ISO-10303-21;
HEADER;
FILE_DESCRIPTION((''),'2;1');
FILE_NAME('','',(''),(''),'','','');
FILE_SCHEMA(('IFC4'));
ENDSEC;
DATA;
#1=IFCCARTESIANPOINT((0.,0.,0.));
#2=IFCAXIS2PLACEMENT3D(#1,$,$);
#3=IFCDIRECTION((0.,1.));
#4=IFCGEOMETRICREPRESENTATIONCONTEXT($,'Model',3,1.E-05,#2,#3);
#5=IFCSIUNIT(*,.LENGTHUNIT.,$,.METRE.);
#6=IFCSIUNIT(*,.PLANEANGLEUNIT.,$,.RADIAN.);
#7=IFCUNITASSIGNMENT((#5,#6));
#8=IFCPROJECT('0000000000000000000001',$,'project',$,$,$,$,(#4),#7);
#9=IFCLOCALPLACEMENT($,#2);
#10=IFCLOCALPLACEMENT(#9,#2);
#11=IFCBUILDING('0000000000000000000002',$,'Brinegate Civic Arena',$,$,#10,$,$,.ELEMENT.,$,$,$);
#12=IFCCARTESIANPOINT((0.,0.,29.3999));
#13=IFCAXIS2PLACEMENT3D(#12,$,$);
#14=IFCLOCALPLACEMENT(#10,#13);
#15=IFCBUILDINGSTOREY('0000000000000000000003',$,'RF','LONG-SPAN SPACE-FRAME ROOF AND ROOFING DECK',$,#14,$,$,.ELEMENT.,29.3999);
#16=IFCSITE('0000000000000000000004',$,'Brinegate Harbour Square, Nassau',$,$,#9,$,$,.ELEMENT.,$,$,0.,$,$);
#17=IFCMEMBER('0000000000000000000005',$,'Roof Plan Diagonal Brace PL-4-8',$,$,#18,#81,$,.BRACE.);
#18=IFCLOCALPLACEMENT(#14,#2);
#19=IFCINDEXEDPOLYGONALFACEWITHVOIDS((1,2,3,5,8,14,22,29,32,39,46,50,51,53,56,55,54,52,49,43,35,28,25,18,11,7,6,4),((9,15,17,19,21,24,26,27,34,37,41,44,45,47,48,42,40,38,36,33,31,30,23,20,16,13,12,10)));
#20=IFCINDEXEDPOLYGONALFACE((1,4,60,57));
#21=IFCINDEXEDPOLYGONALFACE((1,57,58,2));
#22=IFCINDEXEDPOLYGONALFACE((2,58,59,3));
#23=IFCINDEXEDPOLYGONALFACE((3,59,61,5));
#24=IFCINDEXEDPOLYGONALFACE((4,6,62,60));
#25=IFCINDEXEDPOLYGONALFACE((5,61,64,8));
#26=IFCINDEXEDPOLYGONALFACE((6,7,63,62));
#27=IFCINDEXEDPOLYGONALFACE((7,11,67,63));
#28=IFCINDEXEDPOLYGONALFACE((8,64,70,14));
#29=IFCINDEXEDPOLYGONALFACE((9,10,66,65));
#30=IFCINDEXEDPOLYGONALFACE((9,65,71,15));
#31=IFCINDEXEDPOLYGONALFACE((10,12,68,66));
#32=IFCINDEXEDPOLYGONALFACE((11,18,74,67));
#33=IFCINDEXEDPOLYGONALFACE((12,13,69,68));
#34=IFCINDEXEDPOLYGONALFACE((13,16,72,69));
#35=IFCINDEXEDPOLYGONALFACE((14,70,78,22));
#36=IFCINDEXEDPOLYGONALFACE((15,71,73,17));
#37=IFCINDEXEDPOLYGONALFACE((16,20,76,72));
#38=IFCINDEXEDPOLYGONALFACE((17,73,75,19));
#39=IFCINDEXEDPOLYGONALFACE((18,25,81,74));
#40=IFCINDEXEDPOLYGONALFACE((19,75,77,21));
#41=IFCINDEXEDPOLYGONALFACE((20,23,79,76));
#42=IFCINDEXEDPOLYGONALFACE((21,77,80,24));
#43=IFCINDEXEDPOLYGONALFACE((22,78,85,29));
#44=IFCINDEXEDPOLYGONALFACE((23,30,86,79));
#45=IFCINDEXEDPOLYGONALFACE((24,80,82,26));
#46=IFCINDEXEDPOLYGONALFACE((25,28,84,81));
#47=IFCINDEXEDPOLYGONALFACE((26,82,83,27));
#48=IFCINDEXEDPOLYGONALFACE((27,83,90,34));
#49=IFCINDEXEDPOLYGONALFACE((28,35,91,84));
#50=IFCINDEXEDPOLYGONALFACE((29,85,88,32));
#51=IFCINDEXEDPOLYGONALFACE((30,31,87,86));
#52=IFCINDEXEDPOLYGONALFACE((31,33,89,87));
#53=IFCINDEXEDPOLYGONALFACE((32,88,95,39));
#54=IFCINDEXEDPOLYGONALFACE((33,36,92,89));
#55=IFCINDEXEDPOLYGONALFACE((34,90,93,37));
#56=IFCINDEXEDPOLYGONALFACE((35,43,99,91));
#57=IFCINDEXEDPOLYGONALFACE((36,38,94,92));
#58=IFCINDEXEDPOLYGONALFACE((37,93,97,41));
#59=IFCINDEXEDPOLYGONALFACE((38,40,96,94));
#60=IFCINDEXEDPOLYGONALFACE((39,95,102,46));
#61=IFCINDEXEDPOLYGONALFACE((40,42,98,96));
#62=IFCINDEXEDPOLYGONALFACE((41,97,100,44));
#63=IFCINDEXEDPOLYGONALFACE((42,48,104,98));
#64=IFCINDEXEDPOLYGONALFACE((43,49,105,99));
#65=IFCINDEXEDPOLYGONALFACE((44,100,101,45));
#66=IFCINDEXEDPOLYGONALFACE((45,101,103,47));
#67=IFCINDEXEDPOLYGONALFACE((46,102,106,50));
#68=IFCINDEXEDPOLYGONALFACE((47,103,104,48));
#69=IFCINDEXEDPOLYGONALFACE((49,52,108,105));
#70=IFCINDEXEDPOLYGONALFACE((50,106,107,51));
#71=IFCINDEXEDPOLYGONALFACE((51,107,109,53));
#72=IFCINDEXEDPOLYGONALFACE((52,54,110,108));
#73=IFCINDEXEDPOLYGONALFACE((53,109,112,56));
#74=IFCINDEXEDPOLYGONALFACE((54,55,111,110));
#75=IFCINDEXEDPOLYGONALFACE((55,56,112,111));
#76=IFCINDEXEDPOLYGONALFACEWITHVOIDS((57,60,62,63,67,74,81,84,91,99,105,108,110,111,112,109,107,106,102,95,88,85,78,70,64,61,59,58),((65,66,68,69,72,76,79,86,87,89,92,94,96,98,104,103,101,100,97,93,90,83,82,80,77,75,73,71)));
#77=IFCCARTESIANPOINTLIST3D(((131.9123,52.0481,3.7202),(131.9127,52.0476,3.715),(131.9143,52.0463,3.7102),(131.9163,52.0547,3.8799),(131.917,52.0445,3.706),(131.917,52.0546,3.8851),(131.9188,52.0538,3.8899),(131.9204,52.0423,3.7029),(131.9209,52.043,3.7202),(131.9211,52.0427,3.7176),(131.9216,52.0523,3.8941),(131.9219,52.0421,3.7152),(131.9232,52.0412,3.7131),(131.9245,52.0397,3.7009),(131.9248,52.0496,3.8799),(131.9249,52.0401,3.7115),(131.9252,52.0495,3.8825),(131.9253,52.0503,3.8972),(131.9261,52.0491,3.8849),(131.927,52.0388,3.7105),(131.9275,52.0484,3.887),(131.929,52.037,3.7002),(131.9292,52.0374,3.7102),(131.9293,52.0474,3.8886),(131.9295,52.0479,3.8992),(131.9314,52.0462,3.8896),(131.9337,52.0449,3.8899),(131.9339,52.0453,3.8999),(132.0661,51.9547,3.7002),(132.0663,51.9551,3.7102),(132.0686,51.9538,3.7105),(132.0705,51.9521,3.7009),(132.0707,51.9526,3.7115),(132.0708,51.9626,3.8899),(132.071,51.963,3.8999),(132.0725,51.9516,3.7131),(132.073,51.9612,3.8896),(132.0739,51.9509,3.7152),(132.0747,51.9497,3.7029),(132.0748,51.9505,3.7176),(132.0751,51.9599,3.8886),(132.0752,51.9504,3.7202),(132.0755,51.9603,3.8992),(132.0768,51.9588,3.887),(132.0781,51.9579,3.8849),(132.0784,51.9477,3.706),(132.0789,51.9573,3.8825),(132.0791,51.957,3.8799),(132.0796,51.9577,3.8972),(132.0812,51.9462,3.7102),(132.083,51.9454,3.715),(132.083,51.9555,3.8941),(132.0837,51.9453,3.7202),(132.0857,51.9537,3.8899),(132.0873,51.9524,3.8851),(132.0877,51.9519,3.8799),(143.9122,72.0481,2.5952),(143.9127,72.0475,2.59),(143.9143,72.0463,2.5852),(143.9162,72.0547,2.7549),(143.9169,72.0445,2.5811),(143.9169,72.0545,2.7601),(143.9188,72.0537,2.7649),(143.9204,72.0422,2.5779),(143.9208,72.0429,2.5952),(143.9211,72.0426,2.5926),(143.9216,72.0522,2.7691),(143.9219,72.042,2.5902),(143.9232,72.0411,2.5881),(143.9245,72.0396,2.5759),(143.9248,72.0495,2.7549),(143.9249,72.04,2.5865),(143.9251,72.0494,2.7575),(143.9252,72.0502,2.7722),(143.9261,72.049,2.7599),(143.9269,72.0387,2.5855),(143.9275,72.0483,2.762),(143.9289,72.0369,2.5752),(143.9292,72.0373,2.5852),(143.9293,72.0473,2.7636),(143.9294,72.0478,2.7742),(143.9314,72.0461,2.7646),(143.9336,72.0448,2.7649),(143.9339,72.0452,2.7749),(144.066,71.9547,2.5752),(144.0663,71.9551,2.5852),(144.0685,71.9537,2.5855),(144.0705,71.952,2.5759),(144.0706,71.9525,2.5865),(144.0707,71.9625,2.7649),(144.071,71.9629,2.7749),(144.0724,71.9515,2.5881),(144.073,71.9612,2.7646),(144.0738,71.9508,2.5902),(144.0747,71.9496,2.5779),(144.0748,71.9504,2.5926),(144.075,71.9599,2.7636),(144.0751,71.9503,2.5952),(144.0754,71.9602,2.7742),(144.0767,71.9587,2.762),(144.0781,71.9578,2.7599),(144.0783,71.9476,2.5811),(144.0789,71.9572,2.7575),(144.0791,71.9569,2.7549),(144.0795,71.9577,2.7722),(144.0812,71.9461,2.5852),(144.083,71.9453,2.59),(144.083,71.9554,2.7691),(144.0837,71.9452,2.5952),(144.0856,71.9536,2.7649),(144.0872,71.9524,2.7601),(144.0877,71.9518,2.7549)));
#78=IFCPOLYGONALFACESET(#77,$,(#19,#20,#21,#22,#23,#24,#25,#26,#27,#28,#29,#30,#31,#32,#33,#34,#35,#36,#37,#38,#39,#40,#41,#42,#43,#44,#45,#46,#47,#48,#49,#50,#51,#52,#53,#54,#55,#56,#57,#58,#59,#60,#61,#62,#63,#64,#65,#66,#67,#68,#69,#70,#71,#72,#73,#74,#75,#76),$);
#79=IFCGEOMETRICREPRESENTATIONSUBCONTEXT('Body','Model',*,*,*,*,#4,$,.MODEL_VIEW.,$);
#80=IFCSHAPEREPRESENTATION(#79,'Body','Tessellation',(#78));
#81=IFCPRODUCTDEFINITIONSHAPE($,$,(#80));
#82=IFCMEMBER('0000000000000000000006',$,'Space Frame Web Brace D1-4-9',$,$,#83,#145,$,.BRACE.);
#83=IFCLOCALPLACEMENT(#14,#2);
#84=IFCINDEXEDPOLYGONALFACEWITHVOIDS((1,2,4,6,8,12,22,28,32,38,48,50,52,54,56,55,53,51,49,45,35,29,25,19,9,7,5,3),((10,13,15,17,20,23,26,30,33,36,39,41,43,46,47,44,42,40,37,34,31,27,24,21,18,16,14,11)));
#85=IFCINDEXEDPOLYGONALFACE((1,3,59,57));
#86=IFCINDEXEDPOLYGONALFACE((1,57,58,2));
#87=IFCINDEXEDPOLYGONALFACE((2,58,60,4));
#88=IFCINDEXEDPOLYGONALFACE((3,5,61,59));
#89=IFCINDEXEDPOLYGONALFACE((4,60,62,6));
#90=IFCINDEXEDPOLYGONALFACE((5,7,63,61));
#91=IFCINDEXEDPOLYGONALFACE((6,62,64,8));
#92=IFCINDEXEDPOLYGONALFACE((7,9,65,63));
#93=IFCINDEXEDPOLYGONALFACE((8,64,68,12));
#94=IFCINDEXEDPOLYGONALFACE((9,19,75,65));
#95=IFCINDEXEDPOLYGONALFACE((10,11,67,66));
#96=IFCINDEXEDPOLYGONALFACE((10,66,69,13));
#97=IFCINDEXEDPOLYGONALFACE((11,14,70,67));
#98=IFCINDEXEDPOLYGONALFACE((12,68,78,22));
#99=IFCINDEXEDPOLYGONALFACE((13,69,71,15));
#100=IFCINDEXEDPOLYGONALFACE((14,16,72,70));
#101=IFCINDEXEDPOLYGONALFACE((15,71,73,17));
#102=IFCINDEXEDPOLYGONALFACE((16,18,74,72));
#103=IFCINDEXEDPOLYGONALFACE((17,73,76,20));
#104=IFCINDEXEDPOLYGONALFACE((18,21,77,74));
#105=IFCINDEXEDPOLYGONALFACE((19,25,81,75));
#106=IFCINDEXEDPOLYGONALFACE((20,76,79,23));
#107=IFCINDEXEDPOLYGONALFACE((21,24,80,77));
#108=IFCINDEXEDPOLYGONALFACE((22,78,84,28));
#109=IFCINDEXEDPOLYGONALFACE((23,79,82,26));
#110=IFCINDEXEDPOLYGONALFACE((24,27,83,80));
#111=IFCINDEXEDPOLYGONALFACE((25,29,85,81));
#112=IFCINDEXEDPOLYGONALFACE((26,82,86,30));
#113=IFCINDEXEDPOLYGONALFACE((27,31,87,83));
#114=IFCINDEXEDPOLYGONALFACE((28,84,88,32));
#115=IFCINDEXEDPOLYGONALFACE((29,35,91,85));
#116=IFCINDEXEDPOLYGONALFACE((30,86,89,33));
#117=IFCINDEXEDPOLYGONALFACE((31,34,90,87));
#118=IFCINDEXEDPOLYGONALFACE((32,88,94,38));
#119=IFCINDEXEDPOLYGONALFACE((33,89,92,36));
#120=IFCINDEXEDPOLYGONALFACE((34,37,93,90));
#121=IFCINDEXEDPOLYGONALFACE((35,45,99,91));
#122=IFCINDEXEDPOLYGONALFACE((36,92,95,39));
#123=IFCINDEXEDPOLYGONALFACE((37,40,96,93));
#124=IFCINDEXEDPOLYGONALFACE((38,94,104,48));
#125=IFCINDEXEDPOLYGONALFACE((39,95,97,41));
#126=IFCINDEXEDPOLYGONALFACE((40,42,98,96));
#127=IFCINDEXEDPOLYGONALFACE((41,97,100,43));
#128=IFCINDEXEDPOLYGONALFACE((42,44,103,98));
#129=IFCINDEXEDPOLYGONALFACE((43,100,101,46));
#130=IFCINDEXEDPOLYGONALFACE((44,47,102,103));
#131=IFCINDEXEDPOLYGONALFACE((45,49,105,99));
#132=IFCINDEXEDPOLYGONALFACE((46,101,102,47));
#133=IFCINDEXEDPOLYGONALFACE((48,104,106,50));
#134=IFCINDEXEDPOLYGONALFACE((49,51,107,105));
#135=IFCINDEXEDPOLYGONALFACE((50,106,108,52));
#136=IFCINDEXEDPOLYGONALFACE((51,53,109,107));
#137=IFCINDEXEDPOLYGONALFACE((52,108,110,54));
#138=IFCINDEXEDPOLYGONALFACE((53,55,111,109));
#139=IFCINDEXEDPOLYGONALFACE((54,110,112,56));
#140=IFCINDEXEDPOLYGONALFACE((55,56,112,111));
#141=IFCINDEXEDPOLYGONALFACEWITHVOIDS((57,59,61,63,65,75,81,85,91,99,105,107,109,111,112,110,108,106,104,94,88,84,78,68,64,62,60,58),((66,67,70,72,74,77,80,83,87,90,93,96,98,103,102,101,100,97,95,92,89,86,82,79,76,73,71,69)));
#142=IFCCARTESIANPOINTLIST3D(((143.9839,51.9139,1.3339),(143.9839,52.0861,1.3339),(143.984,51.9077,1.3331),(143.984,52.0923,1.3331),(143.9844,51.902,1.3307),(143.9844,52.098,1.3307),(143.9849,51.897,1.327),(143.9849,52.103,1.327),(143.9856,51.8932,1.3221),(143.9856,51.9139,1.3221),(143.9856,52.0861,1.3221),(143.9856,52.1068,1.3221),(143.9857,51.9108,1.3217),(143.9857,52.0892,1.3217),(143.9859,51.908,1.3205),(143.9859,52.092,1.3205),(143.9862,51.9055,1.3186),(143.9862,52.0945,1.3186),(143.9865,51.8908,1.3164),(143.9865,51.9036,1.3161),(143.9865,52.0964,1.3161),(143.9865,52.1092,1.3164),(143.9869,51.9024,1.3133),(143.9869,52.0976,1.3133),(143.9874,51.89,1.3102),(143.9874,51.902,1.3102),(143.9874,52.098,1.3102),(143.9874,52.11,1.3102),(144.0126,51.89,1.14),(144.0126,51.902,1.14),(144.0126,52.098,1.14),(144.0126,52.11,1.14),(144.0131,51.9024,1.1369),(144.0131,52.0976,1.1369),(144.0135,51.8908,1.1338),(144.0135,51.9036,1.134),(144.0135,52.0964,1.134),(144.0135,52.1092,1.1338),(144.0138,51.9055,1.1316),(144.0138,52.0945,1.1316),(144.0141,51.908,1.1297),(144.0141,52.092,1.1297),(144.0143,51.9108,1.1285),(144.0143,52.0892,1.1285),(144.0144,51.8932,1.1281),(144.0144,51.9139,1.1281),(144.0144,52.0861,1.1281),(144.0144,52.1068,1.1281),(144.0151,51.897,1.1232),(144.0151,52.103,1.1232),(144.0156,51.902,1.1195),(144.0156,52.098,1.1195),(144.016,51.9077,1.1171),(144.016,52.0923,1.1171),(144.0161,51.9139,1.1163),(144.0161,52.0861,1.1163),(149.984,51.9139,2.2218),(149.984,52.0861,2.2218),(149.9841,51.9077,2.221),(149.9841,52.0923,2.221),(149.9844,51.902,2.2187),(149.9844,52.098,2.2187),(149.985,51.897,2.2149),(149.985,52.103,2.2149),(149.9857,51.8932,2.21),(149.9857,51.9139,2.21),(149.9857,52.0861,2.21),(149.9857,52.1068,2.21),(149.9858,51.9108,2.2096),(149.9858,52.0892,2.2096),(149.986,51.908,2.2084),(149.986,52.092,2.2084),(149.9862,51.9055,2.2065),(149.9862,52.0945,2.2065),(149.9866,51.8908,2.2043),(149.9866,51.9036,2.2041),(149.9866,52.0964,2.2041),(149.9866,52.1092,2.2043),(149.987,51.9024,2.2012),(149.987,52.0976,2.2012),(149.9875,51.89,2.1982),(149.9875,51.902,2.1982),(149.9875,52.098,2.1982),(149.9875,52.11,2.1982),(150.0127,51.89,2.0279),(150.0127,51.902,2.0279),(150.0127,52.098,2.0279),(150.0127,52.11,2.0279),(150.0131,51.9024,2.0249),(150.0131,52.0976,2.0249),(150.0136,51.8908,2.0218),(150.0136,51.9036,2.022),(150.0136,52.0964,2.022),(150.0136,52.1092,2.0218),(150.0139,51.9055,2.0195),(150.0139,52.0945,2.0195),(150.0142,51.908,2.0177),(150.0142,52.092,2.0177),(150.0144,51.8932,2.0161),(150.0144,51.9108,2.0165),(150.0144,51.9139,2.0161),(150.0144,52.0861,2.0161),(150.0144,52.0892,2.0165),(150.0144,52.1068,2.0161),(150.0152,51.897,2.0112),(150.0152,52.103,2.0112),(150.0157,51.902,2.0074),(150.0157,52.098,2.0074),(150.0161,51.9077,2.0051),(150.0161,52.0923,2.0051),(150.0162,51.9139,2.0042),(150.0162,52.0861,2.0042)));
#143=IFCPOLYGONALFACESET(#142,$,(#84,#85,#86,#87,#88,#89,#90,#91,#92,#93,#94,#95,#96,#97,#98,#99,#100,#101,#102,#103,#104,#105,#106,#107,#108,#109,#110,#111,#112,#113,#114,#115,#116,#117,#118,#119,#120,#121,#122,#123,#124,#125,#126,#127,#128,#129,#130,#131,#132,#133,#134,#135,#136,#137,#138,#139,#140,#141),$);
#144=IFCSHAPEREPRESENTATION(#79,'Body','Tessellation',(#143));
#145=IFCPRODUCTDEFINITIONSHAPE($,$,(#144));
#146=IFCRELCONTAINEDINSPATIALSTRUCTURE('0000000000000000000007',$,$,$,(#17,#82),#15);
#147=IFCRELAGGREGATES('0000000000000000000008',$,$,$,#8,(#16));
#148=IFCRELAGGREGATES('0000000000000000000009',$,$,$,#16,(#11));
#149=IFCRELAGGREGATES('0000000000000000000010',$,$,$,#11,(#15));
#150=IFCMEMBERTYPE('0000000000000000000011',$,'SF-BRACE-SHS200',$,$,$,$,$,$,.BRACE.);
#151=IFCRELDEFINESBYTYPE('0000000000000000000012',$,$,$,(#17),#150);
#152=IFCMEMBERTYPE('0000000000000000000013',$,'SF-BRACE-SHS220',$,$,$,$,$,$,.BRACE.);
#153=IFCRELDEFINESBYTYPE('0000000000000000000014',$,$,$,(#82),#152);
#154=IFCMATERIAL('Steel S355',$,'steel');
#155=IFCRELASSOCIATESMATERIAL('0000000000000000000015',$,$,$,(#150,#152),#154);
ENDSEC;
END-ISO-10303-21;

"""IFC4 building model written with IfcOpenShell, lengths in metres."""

from ifc_helpers import new_model, si_unit, direction, frame, origin, origin_2d, place, context, subcontext, project, spatial, hollow_rectangle, extrude, material, material_profile, profile_set, type_object, element, save


model = new_model("IFC4")

# Units and contexts
model_context = context("Model", 3, precision=1e-05, world=origin(), true_north=direction((0.0, 1.0)))
body_context = subcontext(model_context, "Body", "Model", "MODEL_VIEW")
ifc_project = project(units=[si_unit("LENGTHUNIT", "METRE"), si_unit("PLANEANGLEUNIT", "RADIAN")], contexts=[model_context])

# Site, building, storey
site_placement = place(None, origin())
site = spatial("IfcSite", under=ifc_project, at=site_placement, Name="Brinegate Harbour Square, Nassau", CompositionType="ELEMENT", RefElevation=0.0)
building_placement = place(site_placement, origin())
building = spatial("IfcBuilding", under=site, at=building_placement, Name="Brinegate Civic Arena", CompositionType="ELEMENT")
storey_placement = place(building_placement, frame((0.0, 0.0, 29.3999)))
storey = spatial("IfcBuildingStorey", under=building, at=storey_placement, Name="RF", Description="LONG-SPAN SPACE-FRAME ROOF AND ROOFING DECK", CompositionType="ELEMENT", Elevation=29.3999)

# Shared definitions
ifc_material_1 = material(Name="Steel S355", Category="steel")

# Members
ifc_material_profile_1 = material_profile(ifc_material_1, hollow_rectangle(XDim=0.2, YDim=0.2, WallThickness=0.01, InnerFilletRadius=0.01, OuterFilletRadius=0.02, at=origin_2d()), Name="SHS200X10")
ifc_profile_set_1 = profile_set([ifc_material_profile_1], Name="Steel S355")
member_type_1 = type_object("IfcMemberType", Name="SF-BRACE-SHS200", PredefinedType="BRACE", material=ifc_profile_set_1)
member_1_placement = place(storey_placement, frame((132.0, 52.0, 3.8), z_axis=(0.513898, 0.856497, -0.048178), x_axis=(-0.857493, 0.514496, 0.0)))
element("IfcMember", 1, at=member_1_placement, inside=storey, type_object=member_type_1, Name="Roof Plan Diagonal Brace PL-4-8", PredefinedType="BRACE", context=body_context, shape_type="SweptSolid", body=[
    extrude(hollow_rectangle(XDim=0.2, YDim=0.2, WallThickness=0.01, InnerFilletRadius=0.01, OuterFilletRadius=0.02, at=origin_2d()), origin(), (0.0, 0.0, 1.0), 23.3508),
])
ifc_material_profile_2 = material_profile(ifc_material_1, hollow_rectangle(XDim=0.22, YDim=0.22, WallThickness=0.012, InnerFilletRadius=0.012, OuterFilletRadius=0.0239, at=origin_2d()), Name="SHS220X12")
ifc_profile_set_2 = profile_set([ifc_material_profile_2], Name="Steel S355")
member_type_2 = type_object("IfcMemberType", Name="SF-BRACE-SHS220", PredefinedType="BRACE", material=ifc_profile_set_2)
member_2_placement = place(storey_placement, frame((144.0, 52.0, 1.2251), z_axis=(0.989226, 0.0, 0.146395), x_axis=(0.0, 1.0, 0.0)))
element("IfcMember", 2, at=member_2_placement, inside=storey, type_object=member_type_2, Name="Space Frame Web Brace D1-4-9", PredefinedType="BRACE", context=body_context, shape_type="SweptSolid", body=[
    extrude(hollow_rectangle(XDim=0.22, YDim=0.22, WallThickness=0.012, InnerFilletRadius=0.012, OuterFilletRadius=0.0239, at=origin_2d()), origin(), (0.0, 0.0, 1.0), 6.0654),
])

save(model, "model.ifc")
